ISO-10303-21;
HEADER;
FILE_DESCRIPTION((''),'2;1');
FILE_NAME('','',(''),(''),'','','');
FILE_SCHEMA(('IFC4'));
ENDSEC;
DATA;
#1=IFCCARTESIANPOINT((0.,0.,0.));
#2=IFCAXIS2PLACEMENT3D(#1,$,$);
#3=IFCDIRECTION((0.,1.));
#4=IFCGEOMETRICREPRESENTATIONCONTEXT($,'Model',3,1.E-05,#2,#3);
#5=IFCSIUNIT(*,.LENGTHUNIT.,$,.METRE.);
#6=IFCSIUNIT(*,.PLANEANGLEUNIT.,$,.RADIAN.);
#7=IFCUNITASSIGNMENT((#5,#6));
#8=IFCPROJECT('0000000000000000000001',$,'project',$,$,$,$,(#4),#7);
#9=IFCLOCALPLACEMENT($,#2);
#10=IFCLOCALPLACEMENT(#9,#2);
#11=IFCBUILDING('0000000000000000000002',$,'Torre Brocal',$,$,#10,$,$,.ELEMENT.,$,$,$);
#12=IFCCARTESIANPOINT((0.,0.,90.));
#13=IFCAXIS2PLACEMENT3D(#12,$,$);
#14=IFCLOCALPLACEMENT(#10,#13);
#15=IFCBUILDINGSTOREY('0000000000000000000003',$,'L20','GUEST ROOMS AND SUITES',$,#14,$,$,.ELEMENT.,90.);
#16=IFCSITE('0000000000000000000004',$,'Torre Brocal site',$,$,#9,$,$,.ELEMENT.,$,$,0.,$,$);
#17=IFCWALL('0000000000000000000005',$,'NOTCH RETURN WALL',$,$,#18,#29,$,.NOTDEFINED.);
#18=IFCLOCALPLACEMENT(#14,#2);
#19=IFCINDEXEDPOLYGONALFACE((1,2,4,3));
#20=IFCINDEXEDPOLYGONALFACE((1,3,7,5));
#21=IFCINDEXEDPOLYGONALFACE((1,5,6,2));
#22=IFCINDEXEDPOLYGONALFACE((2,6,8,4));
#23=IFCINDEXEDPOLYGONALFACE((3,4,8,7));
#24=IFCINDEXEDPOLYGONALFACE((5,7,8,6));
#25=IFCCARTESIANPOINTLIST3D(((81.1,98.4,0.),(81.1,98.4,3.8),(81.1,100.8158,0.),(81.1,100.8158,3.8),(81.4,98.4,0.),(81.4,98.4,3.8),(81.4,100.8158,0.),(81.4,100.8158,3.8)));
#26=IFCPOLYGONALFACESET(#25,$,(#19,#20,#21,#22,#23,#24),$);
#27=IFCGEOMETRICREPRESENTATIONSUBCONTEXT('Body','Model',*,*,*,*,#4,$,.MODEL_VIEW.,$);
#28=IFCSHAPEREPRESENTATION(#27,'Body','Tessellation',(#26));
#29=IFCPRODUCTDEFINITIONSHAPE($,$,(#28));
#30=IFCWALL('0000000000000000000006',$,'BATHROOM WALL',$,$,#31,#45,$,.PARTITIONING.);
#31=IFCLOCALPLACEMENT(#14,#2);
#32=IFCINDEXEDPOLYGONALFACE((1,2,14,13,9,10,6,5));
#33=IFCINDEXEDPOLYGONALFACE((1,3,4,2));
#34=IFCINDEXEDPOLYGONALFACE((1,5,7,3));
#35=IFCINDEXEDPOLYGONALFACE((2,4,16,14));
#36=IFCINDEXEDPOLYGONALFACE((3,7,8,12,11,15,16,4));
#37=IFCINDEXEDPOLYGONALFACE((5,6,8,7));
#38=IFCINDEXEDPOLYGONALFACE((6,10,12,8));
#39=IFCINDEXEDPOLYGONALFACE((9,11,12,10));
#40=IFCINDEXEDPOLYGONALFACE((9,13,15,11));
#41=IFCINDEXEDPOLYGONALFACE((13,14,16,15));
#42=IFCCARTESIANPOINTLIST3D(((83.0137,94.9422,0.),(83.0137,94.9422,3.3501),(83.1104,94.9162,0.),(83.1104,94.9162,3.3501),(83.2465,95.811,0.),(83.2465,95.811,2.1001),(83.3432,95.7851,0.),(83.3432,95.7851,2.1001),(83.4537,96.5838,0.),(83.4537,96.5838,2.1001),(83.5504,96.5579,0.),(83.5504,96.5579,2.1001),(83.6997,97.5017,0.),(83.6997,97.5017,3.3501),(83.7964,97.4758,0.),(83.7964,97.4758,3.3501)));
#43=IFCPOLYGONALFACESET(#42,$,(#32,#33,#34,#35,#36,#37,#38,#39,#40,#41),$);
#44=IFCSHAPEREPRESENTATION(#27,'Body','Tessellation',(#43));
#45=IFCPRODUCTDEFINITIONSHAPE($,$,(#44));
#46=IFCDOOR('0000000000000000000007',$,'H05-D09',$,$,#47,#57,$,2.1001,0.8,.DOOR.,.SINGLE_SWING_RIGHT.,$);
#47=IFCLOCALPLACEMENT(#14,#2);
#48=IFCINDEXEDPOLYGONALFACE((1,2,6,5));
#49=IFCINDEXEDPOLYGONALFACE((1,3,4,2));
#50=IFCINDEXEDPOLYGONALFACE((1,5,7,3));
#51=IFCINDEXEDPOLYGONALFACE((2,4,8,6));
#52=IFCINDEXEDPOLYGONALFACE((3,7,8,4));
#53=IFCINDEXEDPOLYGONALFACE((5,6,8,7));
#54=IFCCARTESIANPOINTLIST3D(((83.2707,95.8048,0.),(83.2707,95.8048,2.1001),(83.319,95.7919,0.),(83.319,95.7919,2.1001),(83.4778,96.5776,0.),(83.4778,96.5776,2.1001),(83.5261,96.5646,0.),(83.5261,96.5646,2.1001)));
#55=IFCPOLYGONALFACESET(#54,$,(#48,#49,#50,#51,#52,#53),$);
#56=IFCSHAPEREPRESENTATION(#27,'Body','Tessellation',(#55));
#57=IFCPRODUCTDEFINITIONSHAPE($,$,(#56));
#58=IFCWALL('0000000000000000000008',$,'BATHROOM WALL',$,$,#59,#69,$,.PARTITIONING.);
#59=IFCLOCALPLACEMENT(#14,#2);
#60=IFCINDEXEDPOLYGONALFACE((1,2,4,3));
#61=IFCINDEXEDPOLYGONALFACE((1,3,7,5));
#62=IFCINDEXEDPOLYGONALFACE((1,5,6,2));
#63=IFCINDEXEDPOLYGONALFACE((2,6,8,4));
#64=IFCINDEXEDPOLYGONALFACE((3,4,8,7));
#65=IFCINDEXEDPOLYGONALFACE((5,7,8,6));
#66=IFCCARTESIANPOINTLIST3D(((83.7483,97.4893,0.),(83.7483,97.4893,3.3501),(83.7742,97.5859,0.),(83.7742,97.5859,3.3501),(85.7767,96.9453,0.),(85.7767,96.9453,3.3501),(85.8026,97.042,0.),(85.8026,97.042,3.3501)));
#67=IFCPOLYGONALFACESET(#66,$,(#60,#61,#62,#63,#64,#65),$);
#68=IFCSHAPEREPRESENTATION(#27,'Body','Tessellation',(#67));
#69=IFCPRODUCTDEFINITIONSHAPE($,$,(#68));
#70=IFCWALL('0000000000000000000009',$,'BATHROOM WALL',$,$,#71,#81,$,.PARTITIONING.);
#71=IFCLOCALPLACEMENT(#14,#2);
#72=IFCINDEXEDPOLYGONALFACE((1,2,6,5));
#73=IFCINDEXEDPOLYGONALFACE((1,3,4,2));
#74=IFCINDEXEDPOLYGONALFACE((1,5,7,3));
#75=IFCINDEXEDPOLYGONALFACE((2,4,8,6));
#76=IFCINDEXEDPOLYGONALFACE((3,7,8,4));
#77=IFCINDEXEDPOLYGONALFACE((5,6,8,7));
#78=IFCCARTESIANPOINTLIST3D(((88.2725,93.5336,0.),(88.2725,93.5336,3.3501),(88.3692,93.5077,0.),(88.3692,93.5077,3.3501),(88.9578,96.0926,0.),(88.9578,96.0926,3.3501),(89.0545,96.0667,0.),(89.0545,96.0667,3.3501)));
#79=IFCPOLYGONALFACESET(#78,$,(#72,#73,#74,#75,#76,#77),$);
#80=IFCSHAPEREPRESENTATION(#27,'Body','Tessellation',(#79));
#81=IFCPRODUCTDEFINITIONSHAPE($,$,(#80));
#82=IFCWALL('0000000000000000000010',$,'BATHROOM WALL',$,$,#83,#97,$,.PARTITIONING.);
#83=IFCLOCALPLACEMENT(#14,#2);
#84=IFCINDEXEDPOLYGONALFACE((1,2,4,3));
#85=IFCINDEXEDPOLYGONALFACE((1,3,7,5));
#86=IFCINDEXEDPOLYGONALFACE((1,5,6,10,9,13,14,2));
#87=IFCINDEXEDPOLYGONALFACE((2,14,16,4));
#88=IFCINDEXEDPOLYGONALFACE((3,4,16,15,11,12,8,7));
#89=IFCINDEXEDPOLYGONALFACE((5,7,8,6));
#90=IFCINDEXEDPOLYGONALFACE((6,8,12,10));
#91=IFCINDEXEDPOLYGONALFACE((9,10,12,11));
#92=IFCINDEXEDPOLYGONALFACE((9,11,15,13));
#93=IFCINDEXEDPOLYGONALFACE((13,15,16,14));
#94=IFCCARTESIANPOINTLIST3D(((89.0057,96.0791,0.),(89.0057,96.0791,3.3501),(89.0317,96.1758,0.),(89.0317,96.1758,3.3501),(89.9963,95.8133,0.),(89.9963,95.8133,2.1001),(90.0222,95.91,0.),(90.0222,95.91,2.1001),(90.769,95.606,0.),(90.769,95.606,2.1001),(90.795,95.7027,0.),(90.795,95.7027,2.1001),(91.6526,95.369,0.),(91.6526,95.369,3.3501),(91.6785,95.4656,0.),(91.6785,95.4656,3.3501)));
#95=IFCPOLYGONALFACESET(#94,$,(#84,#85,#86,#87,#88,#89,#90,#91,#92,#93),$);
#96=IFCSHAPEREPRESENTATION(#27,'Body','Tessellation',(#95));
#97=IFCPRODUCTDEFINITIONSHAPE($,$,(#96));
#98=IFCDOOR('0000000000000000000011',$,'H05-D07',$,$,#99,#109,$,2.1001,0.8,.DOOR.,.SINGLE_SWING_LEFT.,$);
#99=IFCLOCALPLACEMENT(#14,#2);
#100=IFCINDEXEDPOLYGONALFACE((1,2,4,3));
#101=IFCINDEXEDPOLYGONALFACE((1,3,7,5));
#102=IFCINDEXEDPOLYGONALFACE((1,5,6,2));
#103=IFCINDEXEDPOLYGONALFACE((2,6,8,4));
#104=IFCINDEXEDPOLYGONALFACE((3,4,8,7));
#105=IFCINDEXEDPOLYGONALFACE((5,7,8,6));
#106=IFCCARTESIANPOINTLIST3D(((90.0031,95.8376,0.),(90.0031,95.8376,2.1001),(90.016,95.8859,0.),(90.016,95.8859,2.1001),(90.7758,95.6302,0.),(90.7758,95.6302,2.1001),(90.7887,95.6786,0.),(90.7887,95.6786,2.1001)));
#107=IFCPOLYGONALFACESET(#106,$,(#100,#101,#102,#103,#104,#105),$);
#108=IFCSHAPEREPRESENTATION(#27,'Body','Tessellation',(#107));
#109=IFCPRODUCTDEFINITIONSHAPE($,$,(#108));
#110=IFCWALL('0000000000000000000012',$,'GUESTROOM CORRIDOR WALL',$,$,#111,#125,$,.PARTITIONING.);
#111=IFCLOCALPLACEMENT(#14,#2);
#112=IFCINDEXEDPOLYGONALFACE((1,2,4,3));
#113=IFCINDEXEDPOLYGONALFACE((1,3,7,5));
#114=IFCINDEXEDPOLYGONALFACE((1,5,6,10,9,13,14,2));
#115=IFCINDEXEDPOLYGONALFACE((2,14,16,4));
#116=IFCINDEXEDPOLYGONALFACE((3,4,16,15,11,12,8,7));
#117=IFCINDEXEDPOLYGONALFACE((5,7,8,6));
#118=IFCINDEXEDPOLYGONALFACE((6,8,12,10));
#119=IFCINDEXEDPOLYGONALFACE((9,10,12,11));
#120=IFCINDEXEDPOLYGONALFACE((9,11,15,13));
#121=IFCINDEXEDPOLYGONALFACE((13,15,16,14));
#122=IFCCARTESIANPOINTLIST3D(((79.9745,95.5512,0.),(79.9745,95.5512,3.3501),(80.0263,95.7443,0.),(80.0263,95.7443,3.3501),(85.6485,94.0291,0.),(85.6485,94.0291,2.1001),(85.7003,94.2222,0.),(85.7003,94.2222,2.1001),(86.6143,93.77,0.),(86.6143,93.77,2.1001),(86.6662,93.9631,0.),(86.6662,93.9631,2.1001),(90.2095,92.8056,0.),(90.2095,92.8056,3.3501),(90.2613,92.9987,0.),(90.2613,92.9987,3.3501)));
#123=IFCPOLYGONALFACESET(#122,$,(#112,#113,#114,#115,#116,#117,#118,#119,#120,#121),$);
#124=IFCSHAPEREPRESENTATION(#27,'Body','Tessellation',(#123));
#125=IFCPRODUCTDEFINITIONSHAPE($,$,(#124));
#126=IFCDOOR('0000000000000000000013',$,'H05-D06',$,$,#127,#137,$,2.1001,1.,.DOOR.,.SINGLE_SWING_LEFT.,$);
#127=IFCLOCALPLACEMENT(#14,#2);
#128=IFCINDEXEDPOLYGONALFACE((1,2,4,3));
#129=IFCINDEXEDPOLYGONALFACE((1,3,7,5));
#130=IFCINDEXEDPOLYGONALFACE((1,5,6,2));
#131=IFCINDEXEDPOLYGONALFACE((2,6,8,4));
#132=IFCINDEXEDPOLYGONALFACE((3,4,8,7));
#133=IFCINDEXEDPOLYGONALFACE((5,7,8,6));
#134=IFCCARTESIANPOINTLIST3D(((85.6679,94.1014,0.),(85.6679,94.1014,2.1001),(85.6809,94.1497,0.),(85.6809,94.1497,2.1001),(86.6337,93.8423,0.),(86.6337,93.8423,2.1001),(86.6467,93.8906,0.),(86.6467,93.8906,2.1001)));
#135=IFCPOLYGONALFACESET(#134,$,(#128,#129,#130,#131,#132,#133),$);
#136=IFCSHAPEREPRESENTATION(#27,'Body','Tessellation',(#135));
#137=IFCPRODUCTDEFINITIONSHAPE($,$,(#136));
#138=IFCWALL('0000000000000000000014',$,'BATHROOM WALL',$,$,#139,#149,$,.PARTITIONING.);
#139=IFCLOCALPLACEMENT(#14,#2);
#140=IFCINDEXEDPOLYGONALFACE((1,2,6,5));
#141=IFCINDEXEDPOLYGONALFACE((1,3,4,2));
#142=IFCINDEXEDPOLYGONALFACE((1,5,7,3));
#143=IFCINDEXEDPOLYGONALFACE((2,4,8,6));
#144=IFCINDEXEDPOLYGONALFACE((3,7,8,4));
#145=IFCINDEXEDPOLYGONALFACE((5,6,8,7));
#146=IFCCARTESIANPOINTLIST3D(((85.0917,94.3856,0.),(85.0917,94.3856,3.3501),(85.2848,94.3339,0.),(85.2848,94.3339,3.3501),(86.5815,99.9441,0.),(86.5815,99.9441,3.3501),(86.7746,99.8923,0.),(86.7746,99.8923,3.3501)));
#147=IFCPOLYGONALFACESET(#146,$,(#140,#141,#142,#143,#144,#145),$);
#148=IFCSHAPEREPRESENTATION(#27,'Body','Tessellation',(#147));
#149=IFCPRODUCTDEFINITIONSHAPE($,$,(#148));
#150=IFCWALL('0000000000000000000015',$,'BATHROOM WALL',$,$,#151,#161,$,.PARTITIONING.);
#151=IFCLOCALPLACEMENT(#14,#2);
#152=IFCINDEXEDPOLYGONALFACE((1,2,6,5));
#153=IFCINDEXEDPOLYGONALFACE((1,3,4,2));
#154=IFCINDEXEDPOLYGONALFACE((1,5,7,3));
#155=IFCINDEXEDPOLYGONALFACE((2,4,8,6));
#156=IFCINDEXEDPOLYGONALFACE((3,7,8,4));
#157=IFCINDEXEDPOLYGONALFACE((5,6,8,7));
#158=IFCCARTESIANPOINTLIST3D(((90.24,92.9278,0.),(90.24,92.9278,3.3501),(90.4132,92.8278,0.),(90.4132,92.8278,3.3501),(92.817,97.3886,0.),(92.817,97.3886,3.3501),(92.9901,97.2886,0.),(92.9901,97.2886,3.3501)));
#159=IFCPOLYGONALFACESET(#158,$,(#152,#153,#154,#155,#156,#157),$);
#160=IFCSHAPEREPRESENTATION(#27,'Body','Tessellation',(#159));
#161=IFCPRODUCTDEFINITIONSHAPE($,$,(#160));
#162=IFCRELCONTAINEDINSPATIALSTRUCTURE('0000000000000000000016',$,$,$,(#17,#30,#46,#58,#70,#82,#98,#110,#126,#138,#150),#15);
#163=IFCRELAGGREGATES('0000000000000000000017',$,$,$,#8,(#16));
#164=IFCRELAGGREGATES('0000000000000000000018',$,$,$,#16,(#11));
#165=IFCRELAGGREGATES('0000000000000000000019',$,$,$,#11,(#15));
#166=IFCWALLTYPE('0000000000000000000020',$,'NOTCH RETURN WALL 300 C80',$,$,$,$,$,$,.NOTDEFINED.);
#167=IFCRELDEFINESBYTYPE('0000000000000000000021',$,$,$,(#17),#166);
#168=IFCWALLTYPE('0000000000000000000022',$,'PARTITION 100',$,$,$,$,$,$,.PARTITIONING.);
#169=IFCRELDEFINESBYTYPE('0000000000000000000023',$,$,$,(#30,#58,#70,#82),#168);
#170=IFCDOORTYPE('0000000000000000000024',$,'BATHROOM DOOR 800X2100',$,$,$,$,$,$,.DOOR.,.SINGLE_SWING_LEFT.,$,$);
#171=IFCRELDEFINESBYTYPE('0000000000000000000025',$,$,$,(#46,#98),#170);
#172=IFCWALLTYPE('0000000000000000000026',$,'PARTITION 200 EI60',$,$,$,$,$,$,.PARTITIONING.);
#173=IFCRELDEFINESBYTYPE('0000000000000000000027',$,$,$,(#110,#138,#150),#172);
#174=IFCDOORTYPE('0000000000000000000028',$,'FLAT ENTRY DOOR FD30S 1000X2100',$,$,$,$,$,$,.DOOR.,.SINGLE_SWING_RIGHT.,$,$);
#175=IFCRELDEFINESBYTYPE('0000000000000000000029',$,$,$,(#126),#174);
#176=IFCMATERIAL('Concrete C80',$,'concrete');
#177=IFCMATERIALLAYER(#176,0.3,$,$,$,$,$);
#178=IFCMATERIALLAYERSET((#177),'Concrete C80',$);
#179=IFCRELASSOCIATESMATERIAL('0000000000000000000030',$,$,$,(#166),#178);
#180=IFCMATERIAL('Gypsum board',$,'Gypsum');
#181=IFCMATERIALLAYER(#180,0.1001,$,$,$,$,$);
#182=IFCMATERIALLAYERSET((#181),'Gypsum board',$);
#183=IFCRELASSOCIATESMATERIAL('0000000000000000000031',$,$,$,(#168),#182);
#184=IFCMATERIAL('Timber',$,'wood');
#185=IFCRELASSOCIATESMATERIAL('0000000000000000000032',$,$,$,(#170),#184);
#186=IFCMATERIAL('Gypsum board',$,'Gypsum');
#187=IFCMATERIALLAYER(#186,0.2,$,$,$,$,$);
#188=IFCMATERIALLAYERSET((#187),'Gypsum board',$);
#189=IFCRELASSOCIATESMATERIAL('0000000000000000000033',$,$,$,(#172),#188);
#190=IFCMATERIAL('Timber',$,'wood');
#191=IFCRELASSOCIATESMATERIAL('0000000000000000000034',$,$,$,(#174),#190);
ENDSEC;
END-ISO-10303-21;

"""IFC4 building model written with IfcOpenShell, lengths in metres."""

from ifc_helpers import new_model, si_unit, direction, frame, frame_2d, origin, place, context, subcontext, project, spatial, rectangle, extrude, material, layer, layer_set, type_object, element, fill, save


model = new_model("IFC4")

# Units and contexts
model_context = context("Model", 3, precision=1e-05, world=origin(), true_north=direction((0.0, 1.0)))
body_context = subcontext(model_context, "Body", "Model", "MODEL_VIEW")
ifc_project = project(units=[si_unit("LENGTHUNIT", "METRE"), si_unit("PLANEANGLEUNIT", "RADIAN")], contexts=[model_context])

# Site, building, storey
site_placement = place(None, origin())
site = spatial("IfcSite", under=ifc_project, at=site_placement, Name="Torre Brocal site", CompositionType="ELEMENT", RefElevation=0.0)
building_placement = place(site_placement, origin())
building = spatial("IfcBuilding", under=site, at=building_placement, Name="Torre Brocal", CompositionType="ELEMENT")
storey_placement = place(building_placement, frame((0.0, 0.0, 90.0)))
storey = spatial("IfcBuildingStorey", under=building, at=storey_placement, Name="L20", Description="GUEST ROOMS AND SUITES", CompositionType="ELEMENT", Elevation=90.0)

# Wall
ifc_material_1 = material(Name="Concrete C80", Category="concrete")
ifc_layer_1 = layer(ifc_material_1, 0.3)
ifc_layer_set_1 = layer_set([ifc_layer_1], Name="Concrete C80")
wall_type_1 = type_object("IfcWallType", Name="NOTCH RETURN WALL 300 C80", PredefinedType="NOTDEFINED", material=ifc_layer_set_1)
wall_1_placement = place(storey_placement, frame((81.25, 98.3999, 0.0), z_axis=(0.0, 0.0, 1.0), x_axis=(0.0, 1.0, 0.0)))
element("IfcWall", 1, at=wall_1_placement, inside=storey, type_object=wall_type_1, Name="NOTCH RETURN WALL", PredefinedType="NOTDEFINED", context=body_context, shape_type="SweptSolid", body=[
    extrude(rectangle(XDim=2.4158, YDim=0.3, at=frame_2d((1.208, 0.0))), origin(), (0.0, 0.0, 1.0), 3.8),
])

# Wall, opening, door
ifc_material_2 = material(Name="Gypsum board", Category="Gypsum")
ifc_layer_2 = layer(ifc_material_2, 0.1001)
ifc_layer_set_2 = layer_set([ifc_layer_2], Name="Gypsum board")
wall_type_2 = type_object("IfcWallType", Name="PARTITION 100", PredefinedType="PARTITIONING", material=ifc_layer_set_2)
wall_2_placement = place(storey_placement, frame((83.062, 94.9292, 0.0), z_axis=(0.0, 0.0, 1.0), x_axis=(0.25889, 0.965907, 0.0)))
wall_2 = element("IfcWall", 2, at=wall_2_placement, inside=storey, type_object=wall_type_2, Name="BATHROOM WALL", PredefinedType="PARTITIONING", context=body_context, shape_type="SweptSolid", body=[
    extrude(rectangle(XDim=2.6499, YDim=0.1001, at=frame_2d((1.325, 0.0))), origin(), (0.0, 0.0, 1.0), 3.3501),
])
opening_1_placement = place(wall_2_placement, frame((0.8997, 0.0, 0.0)))
opening_1 = element("IfcOpeningElement", 3, at=opening_1_placement, cuts=wall_2, PredefinedType="OPENING", context=body_context, shape_type="SweptSolid", body=[
    extrude(rectangle(XDim=0.8, YDim=2.1001, at=frame_2d((0.3999, 1.05))), frame((0.0, 0.0601, 0.0), z_axis=(0.0, -1.0, 0.0), x_axis=(1.0, 0.0, 0.0)), (0.0, 0.0, 1.0), 0.1201),
])
ifc_material_3 = material(Name="Timber", Category="wood")
door_type_1 = type_object("IfcDoorType", Name="BATHROOM DOOR 800X2100", OperationType="SINGLE_SWING_LEFT", PredefinedType="DOOR", material=ifc_material_3)
door_1_placement = place(opening_1_placement, frame((0.8, 0.0, 0.0), z_axis=(0.0, 0.0, 1.0), x_axis=(-1.0, 0.0, 0.0)))
door_1 = element("IfcDoor", 4, at=door_1_placement, inside=storey, type_object=door_type_1, Name="H05-D09", OperationType="SINGLE_SWING_RIGHT", OverallHeight=2.1001, OverallWidth=0.8, PredefinedType="DOOR", context=body_context, shape_type="SweptSolid", body=[
    extrude(rectangle(XDim=0.8, YDim=2.1001, at=frame_2d((0.3999, 1.05))), frame((0.0, 0.0249, 0.0), z_axis=(0.0, -1.0, 0.0), x_axis=(1.0, 0.0, 0.0)), (0.0, 0.0, 1.0), 0.05),
])
fill(opening_1, door_1)

# Walls
wall_3_placement = place(storey_placement, frame((83.7612, 97.5376, 0.0), z_axis=(0.0, 0.0, 1.0), x_axis=(0.965871, -0.259023, 0.0)))
element("IfcWall", 5, at=wall_3_placement, inside=storey, type_object=wall_type_2, Name="BATHROOM WALL", PredefinedType="PARTITIONING", context=body_context, shape_type="SweptSolid", body=[
    extrude(rectangle(XDim=2.1001, YDim=0.1001, at=frame_2d((1.05, 0.0))), origin(), (0.0, 0.0, 1.0), 3.3501),
])
wall_4_placement = place(storey_placement, frame((88.3208, 93.5205, 0.0), z_axis=(0.0, 0.0, 1.0), x_axis=(0.258678, 0.965964, 0.0)))
element("IfcWall", 6, at=wall_4_placement, inside=storey, type_object=wall_type_2, Name="BATHROOM WALL", PredefinedType="PARTITIONING", context=body_context, shape_type="SweptSolid", body=[
    extrude(rectangle(XDim=2.6492, YDim=0.1001, at=frame_2d((1.3247, 0.0))), origin(), (0.0, 0.0, 1.0), 3.3501),
])

# Walls, openings, doors
wall_5_placement = place(storey_placement, frame((89.0188, 96.1274, 0.0), z_axis=(0.0, 0.0, 1.0), x_axis=(0.965839, -0.259143, 0.0)))
wall_5 = element("IfcWall", 7, at=wall_5_placement, inside=storey, type_object=wall_type_2, Name="BATHROOM WALL", PredefinedType="PARTITIONING", context=body_context, shape_type="SweptSolid", body=[
    extrude(rectangle(XDim=2.7405, YDim=0.1001, at=frame_2d((1.3701, 0.0))), origin(), (0.0, 0.0, 1.0), 3.3501),
])
opening_2_placement = place(wall_5_placement, frame((1.0256, 0.0, 0.0)))
opening_2 = element("IfcOpeningElement", 8, at=opening_2_placement, cuts=wall_5, PredefinedType="OPENING", context=body_context, shape_type="SweptSolid", body=[
    extrude(rectangle(XDim=0.8, YDim=2.1001, at=frame_2d((0.3999, 1.05))), frame((0.0, 0.0601, 0.0), z_axis=(0.0, -1.0, 0.0), x_axis=(1.0, 0.0, 0.0)), (0.0, 0.0, 1.0), 0.1201),
])
door_2_placement = place(opening_2_placement, frame((0.8, 0.0, 0.0), z_axis=(0.0, 0.0, 1.0), x_axis=(-1.0, 0.0, 0.0)))
door_2 = element("IfcDoor", 9, at=door_2_placement, inside=storey, type_object=door_type_1, Name="H05-D07", OperationType="SINGLE_SWING_LEFT", OverallHeight=2.1001, OverallWidth=0.8, PredefinedType="DOOR", context=body_context, shape_type="SweptSolid", body=[
    extrude(rectangle(XDim=0.8, YDim=2.1001, at=frame_2d((0.3999, 1.05))), frame((0.0, 0.0249, 0.0), z_axis=(0.0, -1.0, 0.0), x_axis=(1.0, 0.0, 0.0)), (0.0, 0.0, 1.0), 0.05),
])
fill(opening_2, door_2)
ifc_material_4 = material(Name="Gypsum board", Category="Gypsum")
ifc_layer_3 = layer(ifc_material_4, 0.2)
ifc_layer_set_3 = layer_set([ifc_layer_3], Name="Gypsum board")
wall_type_3 = type_object("IfcWallType", Name="PARTITION 200 EI60", PredefinedType="PARTITIONING", material=ifc_layer_set_3)
wall_6_placement = place(storey_placement, frame((80.0005, 95.6477, 0.0), z_axis=(0.0, 0.0, 1.0), x_axis=(0.965852, -0.259093, 0.0)))
wall_6 = element("IfcWall", 10, at=wall_6_placement, inside=storey, type_object=wall_type_3, Name="GUESTROOM CORRIDOR WALL", PredefinedType="PARTITIONING", context=body_context, shape_type="SweptSolid", body=[
    extrude(rectangle(XDim=10.5969, YDim=0.2, at=frame_2d((5.2983, 0.0))), origin(), (0.0, 0.0, 1.0), 3.3501),
])
opening_3_placement = place(wall_6_placement, frame((5.8745, 0.0, 0.0)))
opening_3 = element("IfcOpeningElement", 11, at=opening_3_placement, cuts=wall_6, PredefinedType="OPENING", context=body_context, shape_type="SweptSolid", body=[
    extrude(rectangle(XDim=1.0, YDim=2.1001, at=frame_2d((0.5, 1.05))), frame((0.0, 0.1099, 0.0), z_axis=(0.0, -1.0, 0.0), x_axis=(1.0, 0.0, 0.0)), (0.0, 0.0, 1.0), 0.22),
])
ifc_material_5 = material(Name="Timber", Category="wood")
door_type_2 = type_object("IfcDoorType", Name="FLAT ENTRY DOOR FD30S 1000X2100", OperationType="SINGLE_SWING_RIGHT", PredefinedType="DOOR", material=ifc_material_5)
door_3_placement = place(opening_3_placement, origin())
door_3 = element("IfcDoor", 12, at=door_3_placement, inside=storey, type_object=door_type_2, Name="H05-D06", OperationType="SINGLE_SWING_LEFT", OverallHeight=2.1001, OverallWidth=1.0, PredefinedType="DOOR", context=body_context, shape_type="SweptSolid", body=[
    extrude(rectangle(XDim=1.0, YDim=2.1001, at=frame_2d((0.5, 1.05))), frame((0.0, 0.0249, 0.0), z_axis=(0.0, -1.0, 0.0), x_axis=(1.0, 0.0, 0.0)), (0.0, 0.0, 1.0), 0.05),
])
fill(opening_3, door_3)

# Walls
wall_7_placement = place(storey_placement, frame((85.1882, 94.3596, 0.0), z_axis=(0.0, 0.0, 1.0), x_axis=(0.258882, 0.965909, 0.0)))
element("IfcWall", 13, at=wall_7_placement, inside=storey, type_object=wall_type_3, Name="BATHROOM WALL", PredefinedType="PARTITIONING", context=body_context, shape_type="SweptSolid", body=[
    extrude(rectangle(XDim=5.7546, YDim=0.2, at=frame_2d((2.8774, 0.0))), origin(), (0.0, 0.0, 1.0), 3.3501),
])
wall_8_placement = place(storey_placement, frame((90.3267, 92.8779, 0.0), z_axis=(0.0, 0.0, 1.0), x_axis=(0.500222, 0.865897, 0.0)))
element("IfcWall", 14, at=wall_8_placement, inside=storey, type_object=wall_type_3, Name="BATHROOM WALL", PredefinedType="PARTITIONING", context=body_context, shape_type="SweptSolid", body=[
    extrude(rectangle(XDim=5.1516, YDim=0.2, at=frame_2d((2.5757, 0.0))), origin(), (0.0, 0.0, 1.0), 3.3501),
])

save(model, "model.ifc")
